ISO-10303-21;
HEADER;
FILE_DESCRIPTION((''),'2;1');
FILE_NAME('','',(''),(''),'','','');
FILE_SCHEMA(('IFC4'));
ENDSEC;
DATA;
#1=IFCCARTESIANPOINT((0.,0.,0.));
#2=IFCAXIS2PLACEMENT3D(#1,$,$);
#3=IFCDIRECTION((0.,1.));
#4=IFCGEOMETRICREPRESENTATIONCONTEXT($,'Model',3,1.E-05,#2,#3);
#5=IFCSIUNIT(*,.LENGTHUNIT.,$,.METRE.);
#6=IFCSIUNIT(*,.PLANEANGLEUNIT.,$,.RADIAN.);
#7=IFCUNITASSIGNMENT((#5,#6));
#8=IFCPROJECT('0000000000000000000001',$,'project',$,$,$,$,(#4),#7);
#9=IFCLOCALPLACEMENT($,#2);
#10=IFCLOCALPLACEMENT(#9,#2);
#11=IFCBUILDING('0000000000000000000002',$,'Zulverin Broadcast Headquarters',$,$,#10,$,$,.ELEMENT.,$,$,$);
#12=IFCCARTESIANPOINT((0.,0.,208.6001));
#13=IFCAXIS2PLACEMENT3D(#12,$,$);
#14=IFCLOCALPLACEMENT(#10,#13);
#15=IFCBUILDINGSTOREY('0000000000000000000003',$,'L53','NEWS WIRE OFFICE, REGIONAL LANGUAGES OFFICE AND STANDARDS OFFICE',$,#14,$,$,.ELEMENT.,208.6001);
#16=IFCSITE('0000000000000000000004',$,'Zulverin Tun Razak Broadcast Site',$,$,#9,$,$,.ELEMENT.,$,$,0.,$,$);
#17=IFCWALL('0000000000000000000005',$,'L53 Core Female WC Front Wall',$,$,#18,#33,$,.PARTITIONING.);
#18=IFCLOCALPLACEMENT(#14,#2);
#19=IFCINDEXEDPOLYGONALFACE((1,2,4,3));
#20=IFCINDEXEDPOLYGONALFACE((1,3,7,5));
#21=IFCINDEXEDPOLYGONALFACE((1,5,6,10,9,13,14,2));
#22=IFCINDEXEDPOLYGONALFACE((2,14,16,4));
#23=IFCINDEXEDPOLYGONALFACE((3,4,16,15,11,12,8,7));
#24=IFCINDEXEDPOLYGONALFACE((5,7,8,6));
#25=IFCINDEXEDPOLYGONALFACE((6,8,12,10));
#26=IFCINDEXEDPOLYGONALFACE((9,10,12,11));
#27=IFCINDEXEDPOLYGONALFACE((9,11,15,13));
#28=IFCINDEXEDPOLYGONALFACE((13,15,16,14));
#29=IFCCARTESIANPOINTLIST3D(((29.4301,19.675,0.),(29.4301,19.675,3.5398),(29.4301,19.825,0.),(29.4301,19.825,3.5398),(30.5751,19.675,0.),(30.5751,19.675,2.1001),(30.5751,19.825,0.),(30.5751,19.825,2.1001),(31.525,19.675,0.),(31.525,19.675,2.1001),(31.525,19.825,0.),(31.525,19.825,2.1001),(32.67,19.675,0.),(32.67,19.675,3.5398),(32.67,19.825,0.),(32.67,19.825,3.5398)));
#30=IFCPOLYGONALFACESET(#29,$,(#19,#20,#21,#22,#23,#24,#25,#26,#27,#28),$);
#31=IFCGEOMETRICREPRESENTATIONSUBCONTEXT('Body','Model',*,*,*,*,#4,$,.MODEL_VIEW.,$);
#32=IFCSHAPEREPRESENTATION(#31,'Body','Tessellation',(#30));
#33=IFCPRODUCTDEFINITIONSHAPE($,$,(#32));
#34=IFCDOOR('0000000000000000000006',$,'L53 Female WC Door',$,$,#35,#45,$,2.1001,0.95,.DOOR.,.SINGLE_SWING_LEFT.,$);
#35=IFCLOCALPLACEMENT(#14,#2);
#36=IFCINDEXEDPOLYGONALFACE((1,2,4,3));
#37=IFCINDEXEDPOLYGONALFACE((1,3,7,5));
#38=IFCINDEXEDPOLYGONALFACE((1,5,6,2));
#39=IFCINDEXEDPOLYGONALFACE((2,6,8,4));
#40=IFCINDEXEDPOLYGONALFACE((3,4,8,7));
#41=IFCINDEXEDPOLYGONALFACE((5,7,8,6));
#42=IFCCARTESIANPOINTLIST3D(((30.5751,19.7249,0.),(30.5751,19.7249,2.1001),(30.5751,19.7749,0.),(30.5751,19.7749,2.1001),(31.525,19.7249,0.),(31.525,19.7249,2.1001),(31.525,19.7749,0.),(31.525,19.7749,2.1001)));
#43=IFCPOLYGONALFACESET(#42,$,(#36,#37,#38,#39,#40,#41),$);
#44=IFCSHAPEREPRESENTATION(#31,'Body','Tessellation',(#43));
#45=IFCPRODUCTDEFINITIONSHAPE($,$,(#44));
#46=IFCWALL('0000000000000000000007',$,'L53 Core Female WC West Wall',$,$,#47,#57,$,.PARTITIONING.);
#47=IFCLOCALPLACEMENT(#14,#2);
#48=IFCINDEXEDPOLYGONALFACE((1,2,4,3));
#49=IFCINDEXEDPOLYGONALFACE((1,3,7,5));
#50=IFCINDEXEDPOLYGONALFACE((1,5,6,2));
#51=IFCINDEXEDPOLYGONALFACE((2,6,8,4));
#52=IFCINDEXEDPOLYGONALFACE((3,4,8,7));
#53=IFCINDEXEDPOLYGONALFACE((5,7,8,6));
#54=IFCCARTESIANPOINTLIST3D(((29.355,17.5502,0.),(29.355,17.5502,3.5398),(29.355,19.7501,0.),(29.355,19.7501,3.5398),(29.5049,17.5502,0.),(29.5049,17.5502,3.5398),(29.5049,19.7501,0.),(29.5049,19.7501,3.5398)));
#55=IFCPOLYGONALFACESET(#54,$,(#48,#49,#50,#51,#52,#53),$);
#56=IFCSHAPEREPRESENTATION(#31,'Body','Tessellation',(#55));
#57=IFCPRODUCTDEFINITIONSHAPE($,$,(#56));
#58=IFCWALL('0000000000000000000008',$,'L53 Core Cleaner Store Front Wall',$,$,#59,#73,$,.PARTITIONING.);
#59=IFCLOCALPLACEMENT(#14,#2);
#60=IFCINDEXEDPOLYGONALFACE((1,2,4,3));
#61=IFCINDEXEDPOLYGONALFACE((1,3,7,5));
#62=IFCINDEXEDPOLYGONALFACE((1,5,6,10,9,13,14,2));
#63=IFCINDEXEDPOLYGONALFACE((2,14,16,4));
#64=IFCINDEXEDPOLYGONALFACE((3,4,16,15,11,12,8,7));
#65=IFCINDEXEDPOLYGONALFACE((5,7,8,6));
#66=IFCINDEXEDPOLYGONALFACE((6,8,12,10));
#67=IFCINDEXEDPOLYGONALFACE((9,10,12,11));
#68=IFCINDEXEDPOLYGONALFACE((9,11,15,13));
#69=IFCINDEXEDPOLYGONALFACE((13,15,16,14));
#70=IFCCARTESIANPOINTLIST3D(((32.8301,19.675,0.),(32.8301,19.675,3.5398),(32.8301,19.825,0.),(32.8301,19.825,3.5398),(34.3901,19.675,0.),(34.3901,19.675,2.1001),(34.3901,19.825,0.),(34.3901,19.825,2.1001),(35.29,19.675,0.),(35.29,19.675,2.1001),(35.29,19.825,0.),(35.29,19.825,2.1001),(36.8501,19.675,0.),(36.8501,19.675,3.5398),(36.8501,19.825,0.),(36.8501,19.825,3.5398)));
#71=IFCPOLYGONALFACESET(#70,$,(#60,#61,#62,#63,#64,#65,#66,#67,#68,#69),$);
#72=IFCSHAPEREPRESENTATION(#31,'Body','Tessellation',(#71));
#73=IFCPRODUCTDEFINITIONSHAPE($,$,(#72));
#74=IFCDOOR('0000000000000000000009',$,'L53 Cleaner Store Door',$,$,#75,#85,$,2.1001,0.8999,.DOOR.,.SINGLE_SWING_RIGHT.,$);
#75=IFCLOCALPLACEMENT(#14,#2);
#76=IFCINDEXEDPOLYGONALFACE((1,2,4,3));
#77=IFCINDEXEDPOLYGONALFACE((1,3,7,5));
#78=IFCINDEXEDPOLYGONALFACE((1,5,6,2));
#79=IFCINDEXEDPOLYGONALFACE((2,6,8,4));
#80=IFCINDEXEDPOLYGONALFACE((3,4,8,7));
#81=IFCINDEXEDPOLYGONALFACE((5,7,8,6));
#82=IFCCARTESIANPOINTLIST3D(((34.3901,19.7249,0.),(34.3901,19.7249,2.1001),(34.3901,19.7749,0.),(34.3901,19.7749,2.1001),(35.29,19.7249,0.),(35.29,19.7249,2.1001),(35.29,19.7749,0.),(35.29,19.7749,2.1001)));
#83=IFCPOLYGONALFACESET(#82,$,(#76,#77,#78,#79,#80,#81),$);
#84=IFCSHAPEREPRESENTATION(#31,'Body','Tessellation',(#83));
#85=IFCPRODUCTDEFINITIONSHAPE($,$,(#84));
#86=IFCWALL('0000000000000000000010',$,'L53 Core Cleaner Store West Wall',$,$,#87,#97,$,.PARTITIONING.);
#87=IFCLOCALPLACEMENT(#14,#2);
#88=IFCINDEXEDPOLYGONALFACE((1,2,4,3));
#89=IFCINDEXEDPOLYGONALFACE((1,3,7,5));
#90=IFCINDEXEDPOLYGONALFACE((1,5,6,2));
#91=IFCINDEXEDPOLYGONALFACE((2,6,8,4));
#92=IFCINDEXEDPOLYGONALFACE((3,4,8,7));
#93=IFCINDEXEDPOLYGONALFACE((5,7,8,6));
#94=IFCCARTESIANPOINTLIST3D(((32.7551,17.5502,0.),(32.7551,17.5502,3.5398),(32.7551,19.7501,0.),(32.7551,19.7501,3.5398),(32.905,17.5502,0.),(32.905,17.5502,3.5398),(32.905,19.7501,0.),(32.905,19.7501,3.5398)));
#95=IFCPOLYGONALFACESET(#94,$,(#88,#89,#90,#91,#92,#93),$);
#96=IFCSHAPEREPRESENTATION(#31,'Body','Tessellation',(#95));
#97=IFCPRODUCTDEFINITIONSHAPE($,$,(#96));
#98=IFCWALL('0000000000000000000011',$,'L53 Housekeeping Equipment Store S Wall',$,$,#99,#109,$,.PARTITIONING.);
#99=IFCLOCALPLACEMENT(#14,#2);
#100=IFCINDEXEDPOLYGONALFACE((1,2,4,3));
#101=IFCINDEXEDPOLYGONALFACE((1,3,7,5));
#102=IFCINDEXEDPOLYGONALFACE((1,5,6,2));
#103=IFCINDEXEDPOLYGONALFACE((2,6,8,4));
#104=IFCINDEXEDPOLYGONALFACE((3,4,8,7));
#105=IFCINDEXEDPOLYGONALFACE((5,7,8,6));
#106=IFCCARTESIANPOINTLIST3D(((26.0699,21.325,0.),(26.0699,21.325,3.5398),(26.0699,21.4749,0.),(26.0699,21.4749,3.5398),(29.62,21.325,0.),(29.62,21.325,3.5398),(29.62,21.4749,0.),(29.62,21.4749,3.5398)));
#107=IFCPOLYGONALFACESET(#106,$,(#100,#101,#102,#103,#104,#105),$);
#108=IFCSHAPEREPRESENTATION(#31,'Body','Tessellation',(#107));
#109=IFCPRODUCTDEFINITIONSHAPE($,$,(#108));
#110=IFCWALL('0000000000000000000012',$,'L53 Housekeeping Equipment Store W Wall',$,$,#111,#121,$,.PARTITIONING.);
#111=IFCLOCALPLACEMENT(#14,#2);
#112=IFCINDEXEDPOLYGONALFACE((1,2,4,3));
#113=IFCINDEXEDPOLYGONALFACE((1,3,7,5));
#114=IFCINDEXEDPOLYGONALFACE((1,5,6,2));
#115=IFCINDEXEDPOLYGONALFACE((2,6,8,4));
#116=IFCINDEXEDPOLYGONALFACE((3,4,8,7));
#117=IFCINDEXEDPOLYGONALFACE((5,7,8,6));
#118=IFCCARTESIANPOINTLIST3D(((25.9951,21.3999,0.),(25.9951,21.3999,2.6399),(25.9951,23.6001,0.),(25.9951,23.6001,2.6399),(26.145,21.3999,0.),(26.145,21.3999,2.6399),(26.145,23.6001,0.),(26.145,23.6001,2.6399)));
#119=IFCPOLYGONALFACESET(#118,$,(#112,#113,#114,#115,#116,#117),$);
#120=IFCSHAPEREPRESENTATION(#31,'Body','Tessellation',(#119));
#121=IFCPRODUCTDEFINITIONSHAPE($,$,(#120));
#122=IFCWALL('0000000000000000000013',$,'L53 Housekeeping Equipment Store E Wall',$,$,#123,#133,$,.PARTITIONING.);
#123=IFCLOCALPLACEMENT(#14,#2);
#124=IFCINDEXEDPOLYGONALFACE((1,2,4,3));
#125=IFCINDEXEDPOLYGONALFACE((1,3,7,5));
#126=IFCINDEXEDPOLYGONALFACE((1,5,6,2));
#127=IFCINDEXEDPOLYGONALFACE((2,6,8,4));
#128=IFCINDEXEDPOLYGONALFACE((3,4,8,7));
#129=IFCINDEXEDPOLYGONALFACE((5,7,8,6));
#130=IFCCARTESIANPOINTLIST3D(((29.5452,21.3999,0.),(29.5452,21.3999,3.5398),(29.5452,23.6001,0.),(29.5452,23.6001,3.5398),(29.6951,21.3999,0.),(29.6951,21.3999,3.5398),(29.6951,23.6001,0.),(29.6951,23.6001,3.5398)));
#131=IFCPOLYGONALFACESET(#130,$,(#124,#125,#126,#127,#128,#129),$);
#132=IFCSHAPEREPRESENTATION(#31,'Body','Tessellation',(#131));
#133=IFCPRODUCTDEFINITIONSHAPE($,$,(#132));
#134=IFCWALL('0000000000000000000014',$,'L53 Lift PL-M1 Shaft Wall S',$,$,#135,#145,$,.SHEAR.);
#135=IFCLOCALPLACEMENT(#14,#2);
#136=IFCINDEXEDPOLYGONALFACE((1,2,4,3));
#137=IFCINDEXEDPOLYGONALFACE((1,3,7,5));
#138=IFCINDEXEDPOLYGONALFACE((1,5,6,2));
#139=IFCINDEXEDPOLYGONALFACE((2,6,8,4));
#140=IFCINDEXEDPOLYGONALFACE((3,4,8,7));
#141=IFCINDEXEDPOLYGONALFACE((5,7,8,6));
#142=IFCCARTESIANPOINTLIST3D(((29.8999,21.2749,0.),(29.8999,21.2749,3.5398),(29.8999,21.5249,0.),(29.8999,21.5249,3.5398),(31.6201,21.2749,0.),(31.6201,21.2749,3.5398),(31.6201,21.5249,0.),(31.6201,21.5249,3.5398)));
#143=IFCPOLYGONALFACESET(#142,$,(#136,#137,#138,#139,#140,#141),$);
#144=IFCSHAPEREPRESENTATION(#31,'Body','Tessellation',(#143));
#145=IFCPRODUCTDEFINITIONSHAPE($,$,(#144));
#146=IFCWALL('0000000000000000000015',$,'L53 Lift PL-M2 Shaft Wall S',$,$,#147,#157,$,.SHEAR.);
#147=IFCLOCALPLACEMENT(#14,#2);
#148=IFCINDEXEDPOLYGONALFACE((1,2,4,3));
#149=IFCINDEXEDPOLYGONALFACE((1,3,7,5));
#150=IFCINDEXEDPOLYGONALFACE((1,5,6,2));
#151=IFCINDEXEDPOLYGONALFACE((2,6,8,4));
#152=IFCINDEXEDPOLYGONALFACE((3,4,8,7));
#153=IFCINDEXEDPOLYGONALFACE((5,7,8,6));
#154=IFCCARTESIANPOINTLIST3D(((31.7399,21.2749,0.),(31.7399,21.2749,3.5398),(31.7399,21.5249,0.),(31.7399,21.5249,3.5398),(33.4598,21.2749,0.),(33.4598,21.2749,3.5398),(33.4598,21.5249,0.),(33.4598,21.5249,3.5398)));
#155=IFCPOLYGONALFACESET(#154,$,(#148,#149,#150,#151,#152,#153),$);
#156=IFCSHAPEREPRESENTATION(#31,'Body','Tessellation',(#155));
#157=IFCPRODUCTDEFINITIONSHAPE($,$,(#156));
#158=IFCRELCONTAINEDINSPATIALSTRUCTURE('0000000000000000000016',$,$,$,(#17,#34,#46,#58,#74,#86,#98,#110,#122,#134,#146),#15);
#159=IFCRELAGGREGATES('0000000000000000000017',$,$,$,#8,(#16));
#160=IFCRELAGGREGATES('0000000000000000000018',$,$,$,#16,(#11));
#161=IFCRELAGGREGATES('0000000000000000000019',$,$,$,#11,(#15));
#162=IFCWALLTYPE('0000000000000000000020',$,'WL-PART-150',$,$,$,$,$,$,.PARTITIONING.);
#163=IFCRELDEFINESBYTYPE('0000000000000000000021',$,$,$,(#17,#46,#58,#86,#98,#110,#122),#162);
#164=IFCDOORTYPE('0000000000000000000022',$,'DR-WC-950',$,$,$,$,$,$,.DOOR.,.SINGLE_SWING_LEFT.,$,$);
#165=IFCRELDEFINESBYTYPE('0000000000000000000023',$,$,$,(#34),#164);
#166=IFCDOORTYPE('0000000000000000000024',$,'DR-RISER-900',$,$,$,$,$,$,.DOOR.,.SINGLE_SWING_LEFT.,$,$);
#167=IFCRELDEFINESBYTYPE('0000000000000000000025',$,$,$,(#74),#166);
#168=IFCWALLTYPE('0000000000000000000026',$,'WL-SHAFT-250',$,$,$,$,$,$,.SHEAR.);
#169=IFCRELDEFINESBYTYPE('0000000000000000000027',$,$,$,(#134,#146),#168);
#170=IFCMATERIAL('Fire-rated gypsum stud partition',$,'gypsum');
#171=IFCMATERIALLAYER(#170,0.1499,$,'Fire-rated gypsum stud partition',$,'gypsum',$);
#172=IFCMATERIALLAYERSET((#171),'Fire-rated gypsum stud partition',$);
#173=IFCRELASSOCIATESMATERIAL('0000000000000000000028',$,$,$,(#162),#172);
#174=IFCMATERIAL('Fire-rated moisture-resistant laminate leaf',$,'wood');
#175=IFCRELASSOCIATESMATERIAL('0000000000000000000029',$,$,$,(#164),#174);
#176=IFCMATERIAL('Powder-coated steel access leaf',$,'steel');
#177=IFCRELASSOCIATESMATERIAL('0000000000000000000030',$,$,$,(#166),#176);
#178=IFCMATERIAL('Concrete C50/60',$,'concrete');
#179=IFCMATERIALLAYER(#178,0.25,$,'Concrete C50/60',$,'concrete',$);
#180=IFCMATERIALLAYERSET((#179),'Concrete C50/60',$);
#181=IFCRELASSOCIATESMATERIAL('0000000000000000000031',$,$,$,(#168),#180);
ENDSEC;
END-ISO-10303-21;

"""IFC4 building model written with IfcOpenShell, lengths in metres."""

from ifc_helpers import new_model, si_unit, direction, frame, frame_2d, origin, place, context, subcontext, project, spatial, rectangle, extrude, material, layer, layer_set, type_object, element, fill, save


model = new_model("IFC4")

# Units and contexts
model_context = context("Model", 3, precision=1e-05, world=origin(), true_north=direction((0.0, 1.0)))
body_context = subcontext(model_context, "Body", "Model", "MODEL_VIEW")
ifc_project = project(units=[si_unit("LENGTHUNIT", "METRE"), si_unit("PLANEANGLEUNIT", "RADIAN")], contexts=[model_context])

# Site, building, storey
site_placement = place(None, origin())
site = spatial("IfcSite", under=ifc_project, at=site_placement, Name="Zulverin Tun Razak Broadcast Site", CompositionType="ELEMENT", RefElevation=0.0)
building_placement = place(site_placement, origin())
building = spatial("IfcBuilding", under=site, at=building_placement, Name="Zulverin Broadcast Headquarters", CompositionType="ELEMENT")
storey_placement = place(building_placement, frame((0.0, 0.0, 208.6001)))
storey = spatial("IfcBuildingStorey", under=building, at=storey_placement, Name="L53", Description="NEWS WIRE OFFICE, REGIONAL LANGUAGES OFFICE AND STANDARDS OFFICE", CompositionType="ELEMENT", Elevation=208.6001)

# Shared definitions
ifc_material_1 = material(Name="Concrete C50/60", Category="concrete")

# Shared definitions
ifc_material_2 = material(Name="Fire-rated gypsum stud partition", Category="gypsum")
ifc_layer_1 = layer(ifc_material_2, 0.1499, Name="Fire-rated gypsum stud partition", Category="gypsum")
ifc_layer_set_1 = layer_set([ifc_layer_1], Name="Fire-rated gypsum stud partition")
wall_type_1 = type_object("IfcWallType", Name="WL-PART-150", PredefinedType="PARTITIONING", material=ifc_layer_set_1)
ifc_material_3 = material(Name="Fire-rated moisture-resistant laminate leaf", Category="wood")
door_type_1 = type_object("IfcDoorType", Name="DR-WC-950", OperationType="SINGLE_SWING_LEFT", PredefinedType="DOOR", material=ifc_material_3)

# Wall, opening, door
wall_1_placement = place(storey_placement, frame((29.4299, 19.75, 0.0), z_axis=(0.0, 0.0, 1.0), x_axis=(1.0, 0.0, 0.0)))
wall_1 = element("IfcWall", 1, at=wall_1_placement, inside=storey, type_object=wall_type_1, Name="L53 Core Female WC Front Wall", PredefinedType="PARTITIONING", context=body_context, shape_type="SweptSolid", body=[
    extrude(rectangle(XDim=3.24, YDim=0.1499, at=frame_2d((1.6201, 0.0))), origin(), (0.0, 0.0, 1.0), 3.5398),
])
opening_1_placement = place(wall_1_placement, frame((1.145, 0.0, 0.0)))
opening_1 = element("IfcOpeningElement", 2, at=opening_1_placement, cuts=wall_1, PredefinedType="OPENING", context=body_context, shape_type="SweptSolid", body=[
    extrude(rectangle(XDim=0.95, YDim=2.1001, at=frame_2d((0.4751, 1.05))), frame((0.0, 0.085, 0.0), z_axis=(0.0, -1.0, 0.0), x_axis=(1.0, 0.0, 0.0)), (0.0, 0.0, 1.0), 0.1699),
])
door_1_placement = place(opening_1_placement, origin())
door_1 = element("IfcDoor", 3, at=door_1_placement, inside=storey, type_object=door_type_1, Name="L53 Female WC Door", OperationType="SINGLE_SWING_LEFT", OverallHeight=2.1001, OverallWidth=0.95, PredefinedType="DOOR", context=body_context, shape_type="SweptSolid", body=[
    extrude(rectangle(XDim=0.95, YDim=2.1001, at=frame_2d((0.4751, 1.05))), frame((0.0, 0.0249, 0.0), z_axis=(0.0, -1.0, 0.0), x_axis=(1.0, 0.0, 0.0)), (0.0, 0.0, 1.0), 0.05),
])
fill(opening_1, door_1)

# Wall
wall_2_placement = place(storey_placement, frame((29.4299, 17.55, 0.0), z_axis=(0.0, 0.0, 1.0), x_axis=(0.0, 1.0, 0.0)))
element("IfcWall", 4, at=wall_2_placement, inside=storey, type_object=wall_type_1, Name="L53 Core Female WC West Wall", PredefinedType="PARTITIONING", context=body_context, shape_type="SweptSolid", body=[
    extrude(rectangle(XDim=2.2, YDim=0.1499, at=frame_2d((1.1001, 0.0))), origin(), (0.0, 0.0, 1.0), 3.5398),
])

# Wall, opening, door
wall_3_placement = place(storey_placement, frame((32.8301, 19.75, 0.0), z_axis=(0.0, 0.0, 1.0), x_axis=(1.0, 0.0, 0.0)))
wall_3 = element("IfcWall", 5, at=wall_3_placement, inside=storey, type_object=wall_type_1, Name="L53 Core Cleaner Store Front Wall", PredefinedType="PARTITIONING", context=body_context, shape_type="SweptSolid", body=[
    extrude(rectangle(XDim=4.02, YDim=0.1499, at=frame_2d((2.01, 0.0))), origin(), (0.0, 0.0, 1.0), 3.5398),
])
opening_2_placement = place(wall_3_placement, frame((1.5601, 0.0, 0.0)))
opening_2 = element("IfcOpeningElement", 6, at=opening_2_placement, cuts=wall_3, PredefinedType="OPENING", context=body_context, shape_type="SweptSolid", body=[
    extrude(rectangle(XDim=0.8999, YDim=2.1001, at=frame_2d((0.45, 1.05))), frame((0.0, 0.085, 0.0), z_axis=(0.0, -1.0, 0.0), x_axis=(1.0, 0.0, 0.0)), (0.0, 0.0, 1.0), 0.1699),
])
ifc_material_4 = material(Name="Powder-coated steel access leaf", Category="steel")
door_type_2 = type_object("IfcDoorType", Name="DR-RISER-900", OperationType="SINGLE_SWING_LEFT", PredefinedType="DOOR", material=ifc_material_4)
door_2_placement = place(opening_2_placement, origin())
door_2 = element("IfcDoor", 7, at=door_2_placement, inside=storey, type_object=door_type_2, Name="L53 Cleaner Store Door", OperationType="SINGLE_SWING_RIGHT", OverallHeight=2.1001, OverallWidth=0.8999, PredefinedType="DOOR", context=body_context, shape_type="SweptSolid", body=[
    extrude(rectangle(XDim=0.8999, YDim=2.1001, at=frame_2d((0.45, 1.05))), frame((0.0, 0.0249, 0.0), z_axis=(0.0, -1.0, 0.0), x_axis=(1.0, 0.0, 0.0)), (0.0, 0.0, 1.0), 0.05),
])
fill(opening_2, door_2)

# Walls
wall_4_placement = place(storey_placement, frame((32.8301, 17.55, 0.0), z_axis=(0.0, 0.0, 1.0), x_axis=(0.0, 1.0, 0.0)))
element("IfcWall", 8, at=wall_4_placement, inside=storey, type_object=wall_type_1, Name="L53 Core Cleaner Store West Wall", PredefinedType="PARTITIONING", context=body_context, shape_type="SweptSolid", body=[
    extrude(rectangle(XDim=2.2, YDim=0.1499, at=frame_2d((1.1001, 0.0))), origin(), (0.0, 0.0, 1.0), 3.5398),
])
wall_5_placement = place(storey_placement, frame((26.0701, 21.3999, 0.0), z_axis=(0.0, 0.0, 1.0), x_axis=(1.0, 0.0, 0.0)))
element("IfcWall", 9, at=wall_5_placement, inside=storey, type_object=wall_type_1, Name="L53 Housekeeping Equipment Store S Wall", PredefinedType="PARTITIONING", context=body_context, shape_type="SweptSolid", body=[
    extrude(rectangle(XDim=3.55, YDim=0.1499, at=frame_2d((1.7749, 0.0))), origin(), (0.0, 0.0, 1.0), 3.5398),
])
wall_6_placement = place(storey_placement, frame((26.0701, 21.3999, 0.0), z_axis=(0.0, 0.0, 1.0), x_axis=(0.0, 1.0, 0.0)))
element("IfcWall", 10, at=wall_6_placement, inside=storey, type_object=wall_type_1, Name="L53 Housekeeping Equipment Store W Wall", PredefinedType="PARTITIONING", context=body_context, shape_type="SweptSolid", body=[
    extrude(rectangle(XDim=2.2002, YDim=0.1499, at=frame_2d((1.1001, 0.0))), origin(), (0.0, 0.0, 1.0), 2.6399),
])
wall_7_placement = place(storey_placement, frame((29.6201, 21.3999, 0.0), z_axis=(0.0, 0.0, 1.0), x_axis=(0.0, 1.0, 0.0)))
element("IfcWall", 11, at=wall_7_placement, inside=storey, type_object=wall_type_1, Name="L53 Housekeeping Equipment Store E Wall", PredefinedType="PARTITIONING", context=body_context, shape_type="SweptSolid", body=[
    extrude(rectangle(XDim=2.2002, YDim=0.1499, at=frame_2d((1.1001, 0.0))), origin(), (0.0, 0.0, 1.0), 3.5398),
])
ifc_layer_2 = layer(ifc_material_1, 0.25, Name="Concrete C50/60", Category="concrete")
ifc_layer_set_2 = layer_set([ifc_layer_2], Name="Concrete C50/60")
wall_type_2 = type_object("IfcWallType", Name="WL-SHAFT-250", PredefinedType="SHEAR", material=ifc_layer_set_2)
wall_8_placement = place(storey_placement, frame((29.8999, 21.3999, 0.0), z_axis=(0.0, 0.0, 1.0), x_axis=(1.0, 0.0, 0.0)))
element("IfcWall", 12, at=wall_8_placement, inside=storey, type_object=wall_type_2, Name="L53 Lift PL-M1 Shaft Wall S", PredefinedType="SHEAR", context=body_context, shape_type="SweptSolid", body=[
    extrude(rectangle(XDim=1.7202, YDim=0.25, at=frame_2d((0.8601, 0.0))), origin(), (0.0, 0.0, 1.0), 3.5398),
])
wall_9_placement = place(storey_placement, frame((31.74, 21.3999, 0.0), z_axis=(0.0, 0.0, 1.0), x_axis=(1.0, 0.0, 0.0)))
element("IfcWall", 13, at=wall_9_placement, inside=storey, type_object=wall_type_2, Name="L53 Lift PL-M2 Shaft Wall S", PredefinedType="SHEAR", context=body_context, shape_type="SweptSolid", body=[
    extrude(rectangle(XDim=1.72, YDim=0.25, at=frame_2d((0.8599, 0.0))), origin(), (0.0, 0.0, 1.0), 3.5398),
])

save(model, "model.ifc")
